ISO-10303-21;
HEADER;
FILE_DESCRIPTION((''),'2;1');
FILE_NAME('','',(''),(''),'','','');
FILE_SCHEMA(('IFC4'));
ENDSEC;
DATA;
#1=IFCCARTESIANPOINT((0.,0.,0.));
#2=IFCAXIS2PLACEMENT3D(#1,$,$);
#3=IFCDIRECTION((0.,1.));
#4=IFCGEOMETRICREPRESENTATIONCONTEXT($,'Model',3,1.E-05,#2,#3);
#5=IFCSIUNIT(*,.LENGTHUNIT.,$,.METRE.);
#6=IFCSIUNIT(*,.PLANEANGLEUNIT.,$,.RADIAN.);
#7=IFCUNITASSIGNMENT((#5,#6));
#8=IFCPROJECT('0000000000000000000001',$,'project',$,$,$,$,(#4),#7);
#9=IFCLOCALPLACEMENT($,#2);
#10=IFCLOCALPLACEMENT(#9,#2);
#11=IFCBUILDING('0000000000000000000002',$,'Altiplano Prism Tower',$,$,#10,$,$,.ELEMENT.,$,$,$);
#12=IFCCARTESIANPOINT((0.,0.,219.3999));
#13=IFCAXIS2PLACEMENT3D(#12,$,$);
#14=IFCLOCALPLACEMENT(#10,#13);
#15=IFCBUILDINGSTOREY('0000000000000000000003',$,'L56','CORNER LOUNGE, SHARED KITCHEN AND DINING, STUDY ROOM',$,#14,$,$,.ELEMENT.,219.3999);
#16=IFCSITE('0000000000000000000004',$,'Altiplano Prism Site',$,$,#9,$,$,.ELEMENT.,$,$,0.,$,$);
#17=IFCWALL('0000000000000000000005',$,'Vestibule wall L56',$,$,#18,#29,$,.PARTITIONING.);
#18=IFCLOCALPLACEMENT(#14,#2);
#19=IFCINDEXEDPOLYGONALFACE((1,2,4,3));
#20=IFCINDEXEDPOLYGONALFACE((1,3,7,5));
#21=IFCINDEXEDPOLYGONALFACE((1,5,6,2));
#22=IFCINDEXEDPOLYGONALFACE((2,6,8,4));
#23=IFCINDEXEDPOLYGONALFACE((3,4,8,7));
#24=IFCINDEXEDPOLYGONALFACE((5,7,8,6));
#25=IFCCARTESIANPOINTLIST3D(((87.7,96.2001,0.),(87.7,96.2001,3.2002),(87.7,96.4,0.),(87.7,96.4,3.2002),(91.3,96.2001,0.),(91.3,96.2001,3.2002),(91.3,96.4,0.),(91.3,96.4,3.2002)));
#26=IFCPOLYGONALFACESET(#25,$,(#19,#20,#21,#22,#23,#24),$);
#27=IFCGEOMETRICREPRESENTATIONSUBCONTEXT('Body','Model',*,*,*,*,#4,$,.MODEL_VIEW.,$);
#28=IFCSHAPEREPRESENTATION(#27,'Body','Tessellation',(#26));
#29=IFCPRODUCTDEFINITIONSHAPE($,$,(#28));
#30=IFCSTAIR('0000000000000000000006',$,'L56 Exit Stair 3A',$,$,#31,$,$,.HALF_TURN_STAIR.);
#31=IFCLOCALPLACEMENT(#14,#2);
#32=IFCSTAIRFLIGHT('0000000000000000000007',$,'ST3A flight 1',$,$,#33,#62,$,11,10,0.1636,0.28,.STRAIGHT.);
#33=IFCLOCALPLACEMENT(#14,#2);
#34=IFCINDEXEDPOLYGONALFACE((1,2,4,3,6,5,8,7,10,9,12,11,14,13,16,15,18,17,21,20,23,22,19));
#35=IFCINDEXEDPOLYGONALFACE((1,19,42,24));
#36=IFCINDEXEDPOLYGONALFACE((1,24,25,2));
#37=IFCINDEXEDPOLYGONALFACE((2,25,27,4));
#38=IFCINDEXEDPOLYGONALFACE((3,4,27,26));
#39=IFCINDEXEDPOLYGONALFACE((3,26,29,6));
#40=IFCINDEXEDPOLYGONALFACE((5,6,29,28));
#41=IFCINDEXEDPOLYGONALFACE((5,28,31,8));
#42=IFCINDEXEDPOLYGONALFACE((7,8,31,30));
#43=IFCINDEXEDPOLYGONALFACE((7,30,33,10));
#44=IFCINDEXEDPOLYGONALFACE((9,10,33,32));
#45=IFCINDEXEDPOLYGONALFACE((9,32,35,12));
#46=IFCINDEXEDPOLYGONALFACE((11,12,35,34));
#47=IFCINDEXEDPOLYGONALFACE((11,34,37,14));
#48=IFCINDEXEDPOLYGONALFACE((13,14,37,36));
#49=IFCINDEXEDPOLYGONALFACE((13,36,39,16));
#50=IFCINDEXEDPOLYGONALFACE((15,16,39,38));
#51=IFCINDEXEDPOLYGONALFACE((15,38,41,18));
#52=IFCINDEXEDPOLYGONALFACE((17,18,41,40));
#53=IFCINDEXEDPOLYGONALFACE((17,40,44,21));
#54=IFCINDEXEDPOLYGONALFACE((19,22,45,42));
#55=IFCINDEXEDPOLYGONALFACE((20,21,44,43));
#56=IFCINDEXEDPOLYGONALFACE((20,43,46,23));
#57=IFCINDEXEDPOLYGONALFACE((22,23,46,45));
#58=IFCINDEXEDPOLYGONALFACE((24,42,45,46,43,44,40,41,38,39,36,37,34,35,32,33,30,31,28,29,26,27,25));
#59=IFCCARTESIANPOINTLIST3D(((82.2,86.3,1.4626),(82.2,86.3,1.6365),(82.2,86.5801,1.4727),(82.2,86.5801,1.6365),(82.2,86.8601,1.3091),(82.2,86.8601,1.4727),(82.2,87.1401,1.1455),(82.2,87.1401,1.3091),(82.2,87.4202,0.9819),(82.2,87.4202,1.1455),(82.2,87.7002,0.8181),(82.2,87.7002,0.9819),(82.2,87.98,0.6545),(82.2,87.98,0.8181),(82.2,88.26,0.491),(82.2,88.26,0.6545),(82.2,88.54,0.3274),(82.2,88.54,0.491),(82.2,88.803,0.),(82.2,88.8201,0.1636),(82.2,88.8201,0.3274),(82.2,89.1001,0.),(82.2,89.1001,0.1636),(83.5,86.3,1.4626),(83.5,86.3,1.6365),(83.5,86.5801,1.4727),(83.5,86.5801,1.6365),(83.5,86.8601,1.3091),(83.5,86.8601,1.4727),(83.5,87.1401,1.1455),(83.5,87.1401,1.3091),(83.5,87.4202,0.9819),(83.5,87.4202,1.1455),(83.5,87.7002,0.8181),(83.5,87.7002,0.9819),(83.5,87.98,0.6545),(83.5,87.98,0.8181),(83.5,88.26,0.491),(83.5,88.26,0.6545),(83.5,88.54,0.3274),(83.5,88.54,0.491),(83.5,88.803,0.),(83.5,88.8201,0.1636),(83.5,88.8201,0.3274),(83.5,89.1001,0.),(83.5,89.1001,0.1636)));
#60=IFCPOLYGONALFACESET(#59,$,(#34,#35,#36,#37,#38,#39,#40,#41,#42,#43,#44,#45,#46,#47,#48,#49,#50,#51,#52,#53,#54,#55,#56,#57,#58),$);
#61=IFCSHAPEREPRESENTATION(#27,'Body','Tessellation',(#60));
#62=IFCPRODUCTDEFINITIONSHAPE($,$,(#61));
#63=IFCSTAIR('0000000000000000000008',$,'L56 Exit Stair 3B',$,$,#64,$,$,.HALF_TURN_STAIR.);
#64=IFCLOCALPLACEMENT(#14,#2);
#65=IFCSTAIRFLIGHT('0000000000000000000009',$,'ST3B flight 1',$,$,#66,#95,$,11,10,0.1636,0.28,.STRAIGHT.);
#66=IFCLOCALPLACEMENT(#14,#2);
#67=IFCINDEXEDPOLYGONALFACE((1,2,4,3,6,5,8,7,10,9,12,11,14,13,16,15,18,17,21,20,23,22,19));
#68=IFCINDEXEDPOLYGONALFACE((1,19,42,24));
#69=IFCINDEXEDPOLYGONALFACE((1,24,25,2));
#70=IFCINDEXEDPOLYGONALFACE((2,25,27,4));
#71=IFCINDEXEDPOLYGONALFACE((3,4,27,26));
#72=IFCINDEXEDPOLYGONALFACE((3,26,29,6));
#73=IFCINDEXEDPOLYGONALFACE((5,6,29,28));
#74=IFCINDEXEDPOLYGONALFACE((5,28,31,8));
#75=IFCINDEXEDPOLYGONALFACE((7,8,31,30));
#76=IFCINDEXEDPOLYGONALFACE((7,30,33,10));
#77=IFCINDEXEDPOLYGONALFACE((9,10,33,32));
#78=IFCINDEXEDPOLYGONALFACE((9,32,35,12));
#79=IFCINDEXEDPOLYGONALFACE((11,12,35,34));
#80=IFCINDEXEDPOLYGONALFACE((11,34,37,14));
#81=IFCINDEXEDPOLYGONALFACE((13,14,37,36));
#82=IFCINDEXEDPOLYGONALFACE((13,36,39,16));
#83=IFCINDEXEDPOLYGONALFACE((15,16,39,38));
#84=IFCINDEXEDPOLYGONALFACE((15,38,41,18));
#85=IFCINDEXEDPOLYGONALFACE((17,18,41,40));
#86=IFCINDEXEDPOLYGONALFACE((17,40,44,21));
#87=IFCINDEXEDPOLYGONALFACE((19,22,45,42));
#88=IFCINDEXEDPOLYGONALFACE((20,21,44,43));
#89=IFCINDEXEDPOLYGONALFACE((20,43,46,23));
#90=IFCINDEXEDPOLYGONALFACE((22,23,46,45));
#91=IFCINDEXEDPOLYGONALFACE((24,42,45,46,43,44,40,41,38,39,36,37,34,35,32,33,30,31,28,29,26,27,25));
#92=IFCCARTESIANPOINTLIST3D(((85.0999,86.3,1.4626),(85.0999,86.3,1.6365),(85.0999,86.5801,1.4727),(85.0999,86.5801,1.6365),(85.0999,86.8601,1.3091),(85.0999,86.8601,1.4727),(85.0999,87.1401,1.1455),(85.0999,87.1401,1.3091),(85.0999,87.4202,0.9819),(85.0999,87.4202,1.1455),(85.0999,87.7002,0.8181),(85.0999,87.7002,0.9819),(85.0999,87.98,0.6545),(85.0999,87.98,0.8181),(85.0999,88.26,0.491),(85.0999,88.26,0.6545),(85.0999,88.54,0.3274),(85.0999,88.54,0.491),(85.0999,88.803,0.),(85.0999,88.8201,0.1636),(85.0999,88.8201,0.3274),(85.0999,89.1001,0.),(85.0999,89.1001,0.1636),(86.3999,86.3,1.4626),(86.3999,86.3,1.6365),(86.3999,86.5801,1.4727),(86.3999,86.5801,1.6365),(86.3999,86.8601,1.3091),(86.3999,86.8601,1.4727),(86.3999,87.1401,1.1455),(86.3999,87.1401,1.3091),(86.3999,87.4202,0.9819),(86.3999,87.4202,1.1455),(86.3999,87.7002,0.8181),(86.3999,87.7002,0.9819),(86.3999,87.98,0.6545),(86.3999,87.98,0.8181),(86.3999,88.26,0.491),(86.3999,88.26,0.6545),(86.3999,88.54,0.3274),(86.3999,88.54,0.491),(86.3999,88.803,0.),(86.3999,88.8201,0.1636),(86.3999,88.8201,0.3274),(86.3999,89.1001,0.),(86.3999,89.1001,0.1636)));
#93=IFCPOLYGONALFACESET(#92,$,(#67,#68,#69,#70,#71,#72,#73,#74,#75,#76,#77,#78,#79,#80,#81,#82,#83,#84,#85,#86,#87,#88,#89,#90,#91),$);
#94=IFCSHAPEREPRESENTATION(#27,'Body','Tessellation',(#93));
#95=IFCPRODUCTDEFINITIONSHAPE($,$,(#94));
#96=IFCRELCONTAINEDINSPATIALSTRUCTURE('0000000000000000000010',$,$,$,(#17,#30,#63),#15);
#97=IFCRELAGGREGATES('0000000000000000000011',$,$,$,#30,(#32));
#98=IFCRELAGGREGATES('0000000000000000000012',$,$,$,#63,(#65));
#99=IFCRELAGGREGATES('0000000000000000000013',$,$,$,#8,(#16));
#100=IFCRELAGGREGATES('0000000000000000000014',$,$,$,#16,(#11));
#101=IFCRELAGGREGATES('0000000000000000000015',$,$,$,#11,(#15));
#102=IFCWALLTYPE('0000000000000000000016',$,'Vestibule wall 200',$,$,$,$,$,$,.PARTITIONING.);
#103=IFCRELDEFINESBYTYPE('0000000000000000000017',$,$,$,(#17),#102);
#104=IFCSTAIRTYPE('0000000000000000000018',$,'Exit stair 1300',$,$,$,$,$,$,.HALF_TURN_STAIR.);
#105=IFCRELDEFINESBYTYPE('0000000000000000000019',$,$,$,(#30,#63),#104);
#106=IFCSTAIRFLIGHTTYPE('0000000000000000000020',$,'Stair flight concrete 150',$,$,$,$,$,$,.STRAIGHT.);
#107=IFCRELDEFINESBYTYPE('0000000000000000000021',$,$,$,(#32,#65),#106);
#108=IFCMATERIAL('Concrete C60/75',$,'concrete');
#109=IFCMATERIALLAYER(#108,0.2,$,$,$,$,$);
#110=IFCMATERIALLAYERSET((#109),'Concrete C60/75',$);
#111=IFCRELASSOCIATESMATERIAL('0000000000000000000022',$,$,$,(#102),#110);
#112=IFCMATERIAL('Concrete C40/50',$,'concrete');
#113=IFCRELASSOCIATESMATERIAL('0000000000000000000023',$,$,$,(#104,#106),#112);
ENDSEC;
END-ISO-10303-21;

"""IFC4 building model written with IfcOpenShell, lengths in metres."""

from ifc_helpers import new_model, si_unit, direction, frame, frame_2d, origin, place, context, subcontext, project, spatial, polyline, rectangle, outline, extrude, material, layer, layer_set, type_object, element, aggregate, save


model = new_model("IFC4")

# Units and contexts
model_context = context("Model", 3, precision=1e-05, world=origin(), true_north=direction((0.0, 1.0)))
body_context = subcontext(model_context, "Body", "Model", "MODEL_VIEW")
ifc_project = project(units=[si_unit("LENGTHUNIT", "METRE"), si_unit("PLANEANGLEUNIT", "RADIAN")], contexts=[model_context])

# Site, building, storey
site_placement = place(None, origin())
site = spatial("IfcSite", under=ifc_project, at=site_placement, Name="Altiplano Prism Site", CompositionType="ELEMENT", RefElevation=0.0)
building_placement = place(site_placement, origin())
building = spatial("IfcBuilding", under=site, at=building_placement, Name="Altiplano Prism Tower", CompositionType="ELEMENT")
storey_placement = place(building_placement, frame((0.0, 0.0, 219.3999)))
storey = spatial("IfcBuildingStorey", under=building, at=storey_placement, Name="L56", Description="CORNER LOUNGE, SHARED KITCHEN AND DINING, STUDY ROOM", CompositionType="ELEMENT", Elevation=219.3999)

# Shared definitions
ifc_material_1 = material(Name="Concrete C60/75", Category="concrete")

# Shared definitions
ifc_layer_1 = layer(ifc_material_1, 0.2)
ifc_layer_set_1 = layer_set([ifc_layer_1], Name="Concrete C60/75")
wall_type_1 = type_object("IfcWallType", Name="Vestibule wall 200", PredefinedType="PARTITIONING", material=ifc_layer_set_1)

# Wall
wall_1_placement = place(storey_placement, frame((87.7, 96.3, 0.0), z_axis=(0.0, 0.0, 1.0), x_axis=(1.0, 0.0, 0.0)))
element("IfcWall", 1, at=wall_1_placement, inside=storey, type_object=wall_type_1, Name="Vestibule wall L56", PredefinedType="PARTITIONING", context=body_context, shape_type="SweptSolid", body=[
    extrude(rectangle(XDim=3.6001, YDim=0.2, at=frame_2d((1.8, 0.0))), origin(), (0.0, 0.0, 1.0), 3.2002),
])

# Stairs, stair flights
ifc_material_2 = material(Name="Concrete C40/50", Category="concrete")
stair_type = type_object("IfcStairType", Name="Exit stair 1300", PredefinedType="HALF_TURN_STAIR", material=ifc_material_2)
stair_1_placement = place(storey_placement, origin())
stair_1 = element("IfcStair", 2, at=stair_1_placement, inside=storey, type_object=stair_type, Name="L56 Exit Stair 3A", PredefinedType="HALF_TURN_STAIR")
stair_flight_type = type_object("IfcStairFlightType", Name="Stair flight concrete 150", PredefinedType="STRAIGHT", material=ifc_material_2)
stair_flight_1_placement = place(storey_placement, frame((82.8501, 89.1001, 0.0), z_axis=(0.0, 0.0, 1.0), x_axis=(0.0, -1.0, 0.0)))
stair_flight_1 = element("IfcStairFlight", 3, at=stair_flight_1_placement, type_object=stair_flight_type, Name="ST3A flight 1", NumberOfRisers=11, NumberOfTreads=10, PredefinedType="STRAIGHT", RiserHeight=0.1636, TreadLength=0.28, context=body_context, shape_type="SweptSolid", body=[
    extrude(outline(polyline([(0.0, 0.0), (0.0, 0.1636), (0.28, 0.1636), (0.28, 0.3274), (0.5601, 0.3274), (0.5601, 0.491), (0.8401, 0.491), (0.8401, 0.6545), (1.1201, 0.6545), (1.1201, 0.8181), (1.3999, 0.8181), (1.3999, 0.9819), (1.6799, 0.9819), (1.6799, 1.1455), (1.96, 1.1455), (1.96, 1.3091), (2.24, 1.3091), (2.24, 1.4727), (2.52, 1.4727), (2.52, 1.6365), (2.8, 1.6365), (2.8, 1.8), (2.8, 1.4626), (0.2971, 0.0), (0.0, 0.0)])), frame((0.0, 0.6499, 0.0), z_axis=(0.0, -1.0, 0.0), x_axis=(1.0, 0.0, 0.0)), (0.0, 0.0, 1.0), 1.3),
])
aggregate(stair_1, [stair_flight_1])
stair_2_placement = place(storey_placement, origin())
stair_2 = element("IfcStair", 4, at=stair_2_placement, inside=storey, type_object=stair_type, Name="L56 Exit Stair 3B", PredefinedType="HALF_TURN_STAIR")
stair_flight_2_placement = place(storey_placement, frame((85.75, 89.1001, 0.0), z_axis=(0.0, 0.0, 1.0), x_axis=(0.0, -1.0, 0.0)))
stair_flight_2 = element("IfcStairFlight", 5, at=stair_flight_2_placement, type_object=stair_flight_type, Name="ST3B flight 1", NumberOfRisers=11, NumberOfTreads=10, PredefinedType="STRAIGHT", RiserHeight=0.1636, TreadLength=0.28, context=body_context, shape_type="SweptSolid", body=[
    extrude(outline(polyline([(0.0, 0.0), (0.0, 0.1636), (0.28, 0.1636), (0.28, 0.3274), (0.5601, 0.3274), (0.5601, 0.491), (0.8401, 0.491), (0.8401, 0.6545), (1.1201, 0.6545), (1.1201, 0.8181), (1.3999, 0.8181), (1.3999, 0.9819), (1.6799, 0.9819), (1.6799, 1.1455), (1.96, 1.1455), (1.96, 1.3091), (2.24, 1.3091), (2.24, 1.4727), (2.52, 1.4727), (2.52, 1.6365), (2.8, 1.6365), (2.8, 1.8), (2.8, 1.4626), (0.2971, 0.0), (0.0, 0.0)])), frame((0.0, 0.6499, 0.0), z_axis=(0.0, -1.0, 0.0), x_axis=(1.0, 0.0, 0.0)), (0.0, 0.0, 1.0), 1.3),
])
aggregate(stair_2, [stair_flight_2])

save(model, "model.ifc")
